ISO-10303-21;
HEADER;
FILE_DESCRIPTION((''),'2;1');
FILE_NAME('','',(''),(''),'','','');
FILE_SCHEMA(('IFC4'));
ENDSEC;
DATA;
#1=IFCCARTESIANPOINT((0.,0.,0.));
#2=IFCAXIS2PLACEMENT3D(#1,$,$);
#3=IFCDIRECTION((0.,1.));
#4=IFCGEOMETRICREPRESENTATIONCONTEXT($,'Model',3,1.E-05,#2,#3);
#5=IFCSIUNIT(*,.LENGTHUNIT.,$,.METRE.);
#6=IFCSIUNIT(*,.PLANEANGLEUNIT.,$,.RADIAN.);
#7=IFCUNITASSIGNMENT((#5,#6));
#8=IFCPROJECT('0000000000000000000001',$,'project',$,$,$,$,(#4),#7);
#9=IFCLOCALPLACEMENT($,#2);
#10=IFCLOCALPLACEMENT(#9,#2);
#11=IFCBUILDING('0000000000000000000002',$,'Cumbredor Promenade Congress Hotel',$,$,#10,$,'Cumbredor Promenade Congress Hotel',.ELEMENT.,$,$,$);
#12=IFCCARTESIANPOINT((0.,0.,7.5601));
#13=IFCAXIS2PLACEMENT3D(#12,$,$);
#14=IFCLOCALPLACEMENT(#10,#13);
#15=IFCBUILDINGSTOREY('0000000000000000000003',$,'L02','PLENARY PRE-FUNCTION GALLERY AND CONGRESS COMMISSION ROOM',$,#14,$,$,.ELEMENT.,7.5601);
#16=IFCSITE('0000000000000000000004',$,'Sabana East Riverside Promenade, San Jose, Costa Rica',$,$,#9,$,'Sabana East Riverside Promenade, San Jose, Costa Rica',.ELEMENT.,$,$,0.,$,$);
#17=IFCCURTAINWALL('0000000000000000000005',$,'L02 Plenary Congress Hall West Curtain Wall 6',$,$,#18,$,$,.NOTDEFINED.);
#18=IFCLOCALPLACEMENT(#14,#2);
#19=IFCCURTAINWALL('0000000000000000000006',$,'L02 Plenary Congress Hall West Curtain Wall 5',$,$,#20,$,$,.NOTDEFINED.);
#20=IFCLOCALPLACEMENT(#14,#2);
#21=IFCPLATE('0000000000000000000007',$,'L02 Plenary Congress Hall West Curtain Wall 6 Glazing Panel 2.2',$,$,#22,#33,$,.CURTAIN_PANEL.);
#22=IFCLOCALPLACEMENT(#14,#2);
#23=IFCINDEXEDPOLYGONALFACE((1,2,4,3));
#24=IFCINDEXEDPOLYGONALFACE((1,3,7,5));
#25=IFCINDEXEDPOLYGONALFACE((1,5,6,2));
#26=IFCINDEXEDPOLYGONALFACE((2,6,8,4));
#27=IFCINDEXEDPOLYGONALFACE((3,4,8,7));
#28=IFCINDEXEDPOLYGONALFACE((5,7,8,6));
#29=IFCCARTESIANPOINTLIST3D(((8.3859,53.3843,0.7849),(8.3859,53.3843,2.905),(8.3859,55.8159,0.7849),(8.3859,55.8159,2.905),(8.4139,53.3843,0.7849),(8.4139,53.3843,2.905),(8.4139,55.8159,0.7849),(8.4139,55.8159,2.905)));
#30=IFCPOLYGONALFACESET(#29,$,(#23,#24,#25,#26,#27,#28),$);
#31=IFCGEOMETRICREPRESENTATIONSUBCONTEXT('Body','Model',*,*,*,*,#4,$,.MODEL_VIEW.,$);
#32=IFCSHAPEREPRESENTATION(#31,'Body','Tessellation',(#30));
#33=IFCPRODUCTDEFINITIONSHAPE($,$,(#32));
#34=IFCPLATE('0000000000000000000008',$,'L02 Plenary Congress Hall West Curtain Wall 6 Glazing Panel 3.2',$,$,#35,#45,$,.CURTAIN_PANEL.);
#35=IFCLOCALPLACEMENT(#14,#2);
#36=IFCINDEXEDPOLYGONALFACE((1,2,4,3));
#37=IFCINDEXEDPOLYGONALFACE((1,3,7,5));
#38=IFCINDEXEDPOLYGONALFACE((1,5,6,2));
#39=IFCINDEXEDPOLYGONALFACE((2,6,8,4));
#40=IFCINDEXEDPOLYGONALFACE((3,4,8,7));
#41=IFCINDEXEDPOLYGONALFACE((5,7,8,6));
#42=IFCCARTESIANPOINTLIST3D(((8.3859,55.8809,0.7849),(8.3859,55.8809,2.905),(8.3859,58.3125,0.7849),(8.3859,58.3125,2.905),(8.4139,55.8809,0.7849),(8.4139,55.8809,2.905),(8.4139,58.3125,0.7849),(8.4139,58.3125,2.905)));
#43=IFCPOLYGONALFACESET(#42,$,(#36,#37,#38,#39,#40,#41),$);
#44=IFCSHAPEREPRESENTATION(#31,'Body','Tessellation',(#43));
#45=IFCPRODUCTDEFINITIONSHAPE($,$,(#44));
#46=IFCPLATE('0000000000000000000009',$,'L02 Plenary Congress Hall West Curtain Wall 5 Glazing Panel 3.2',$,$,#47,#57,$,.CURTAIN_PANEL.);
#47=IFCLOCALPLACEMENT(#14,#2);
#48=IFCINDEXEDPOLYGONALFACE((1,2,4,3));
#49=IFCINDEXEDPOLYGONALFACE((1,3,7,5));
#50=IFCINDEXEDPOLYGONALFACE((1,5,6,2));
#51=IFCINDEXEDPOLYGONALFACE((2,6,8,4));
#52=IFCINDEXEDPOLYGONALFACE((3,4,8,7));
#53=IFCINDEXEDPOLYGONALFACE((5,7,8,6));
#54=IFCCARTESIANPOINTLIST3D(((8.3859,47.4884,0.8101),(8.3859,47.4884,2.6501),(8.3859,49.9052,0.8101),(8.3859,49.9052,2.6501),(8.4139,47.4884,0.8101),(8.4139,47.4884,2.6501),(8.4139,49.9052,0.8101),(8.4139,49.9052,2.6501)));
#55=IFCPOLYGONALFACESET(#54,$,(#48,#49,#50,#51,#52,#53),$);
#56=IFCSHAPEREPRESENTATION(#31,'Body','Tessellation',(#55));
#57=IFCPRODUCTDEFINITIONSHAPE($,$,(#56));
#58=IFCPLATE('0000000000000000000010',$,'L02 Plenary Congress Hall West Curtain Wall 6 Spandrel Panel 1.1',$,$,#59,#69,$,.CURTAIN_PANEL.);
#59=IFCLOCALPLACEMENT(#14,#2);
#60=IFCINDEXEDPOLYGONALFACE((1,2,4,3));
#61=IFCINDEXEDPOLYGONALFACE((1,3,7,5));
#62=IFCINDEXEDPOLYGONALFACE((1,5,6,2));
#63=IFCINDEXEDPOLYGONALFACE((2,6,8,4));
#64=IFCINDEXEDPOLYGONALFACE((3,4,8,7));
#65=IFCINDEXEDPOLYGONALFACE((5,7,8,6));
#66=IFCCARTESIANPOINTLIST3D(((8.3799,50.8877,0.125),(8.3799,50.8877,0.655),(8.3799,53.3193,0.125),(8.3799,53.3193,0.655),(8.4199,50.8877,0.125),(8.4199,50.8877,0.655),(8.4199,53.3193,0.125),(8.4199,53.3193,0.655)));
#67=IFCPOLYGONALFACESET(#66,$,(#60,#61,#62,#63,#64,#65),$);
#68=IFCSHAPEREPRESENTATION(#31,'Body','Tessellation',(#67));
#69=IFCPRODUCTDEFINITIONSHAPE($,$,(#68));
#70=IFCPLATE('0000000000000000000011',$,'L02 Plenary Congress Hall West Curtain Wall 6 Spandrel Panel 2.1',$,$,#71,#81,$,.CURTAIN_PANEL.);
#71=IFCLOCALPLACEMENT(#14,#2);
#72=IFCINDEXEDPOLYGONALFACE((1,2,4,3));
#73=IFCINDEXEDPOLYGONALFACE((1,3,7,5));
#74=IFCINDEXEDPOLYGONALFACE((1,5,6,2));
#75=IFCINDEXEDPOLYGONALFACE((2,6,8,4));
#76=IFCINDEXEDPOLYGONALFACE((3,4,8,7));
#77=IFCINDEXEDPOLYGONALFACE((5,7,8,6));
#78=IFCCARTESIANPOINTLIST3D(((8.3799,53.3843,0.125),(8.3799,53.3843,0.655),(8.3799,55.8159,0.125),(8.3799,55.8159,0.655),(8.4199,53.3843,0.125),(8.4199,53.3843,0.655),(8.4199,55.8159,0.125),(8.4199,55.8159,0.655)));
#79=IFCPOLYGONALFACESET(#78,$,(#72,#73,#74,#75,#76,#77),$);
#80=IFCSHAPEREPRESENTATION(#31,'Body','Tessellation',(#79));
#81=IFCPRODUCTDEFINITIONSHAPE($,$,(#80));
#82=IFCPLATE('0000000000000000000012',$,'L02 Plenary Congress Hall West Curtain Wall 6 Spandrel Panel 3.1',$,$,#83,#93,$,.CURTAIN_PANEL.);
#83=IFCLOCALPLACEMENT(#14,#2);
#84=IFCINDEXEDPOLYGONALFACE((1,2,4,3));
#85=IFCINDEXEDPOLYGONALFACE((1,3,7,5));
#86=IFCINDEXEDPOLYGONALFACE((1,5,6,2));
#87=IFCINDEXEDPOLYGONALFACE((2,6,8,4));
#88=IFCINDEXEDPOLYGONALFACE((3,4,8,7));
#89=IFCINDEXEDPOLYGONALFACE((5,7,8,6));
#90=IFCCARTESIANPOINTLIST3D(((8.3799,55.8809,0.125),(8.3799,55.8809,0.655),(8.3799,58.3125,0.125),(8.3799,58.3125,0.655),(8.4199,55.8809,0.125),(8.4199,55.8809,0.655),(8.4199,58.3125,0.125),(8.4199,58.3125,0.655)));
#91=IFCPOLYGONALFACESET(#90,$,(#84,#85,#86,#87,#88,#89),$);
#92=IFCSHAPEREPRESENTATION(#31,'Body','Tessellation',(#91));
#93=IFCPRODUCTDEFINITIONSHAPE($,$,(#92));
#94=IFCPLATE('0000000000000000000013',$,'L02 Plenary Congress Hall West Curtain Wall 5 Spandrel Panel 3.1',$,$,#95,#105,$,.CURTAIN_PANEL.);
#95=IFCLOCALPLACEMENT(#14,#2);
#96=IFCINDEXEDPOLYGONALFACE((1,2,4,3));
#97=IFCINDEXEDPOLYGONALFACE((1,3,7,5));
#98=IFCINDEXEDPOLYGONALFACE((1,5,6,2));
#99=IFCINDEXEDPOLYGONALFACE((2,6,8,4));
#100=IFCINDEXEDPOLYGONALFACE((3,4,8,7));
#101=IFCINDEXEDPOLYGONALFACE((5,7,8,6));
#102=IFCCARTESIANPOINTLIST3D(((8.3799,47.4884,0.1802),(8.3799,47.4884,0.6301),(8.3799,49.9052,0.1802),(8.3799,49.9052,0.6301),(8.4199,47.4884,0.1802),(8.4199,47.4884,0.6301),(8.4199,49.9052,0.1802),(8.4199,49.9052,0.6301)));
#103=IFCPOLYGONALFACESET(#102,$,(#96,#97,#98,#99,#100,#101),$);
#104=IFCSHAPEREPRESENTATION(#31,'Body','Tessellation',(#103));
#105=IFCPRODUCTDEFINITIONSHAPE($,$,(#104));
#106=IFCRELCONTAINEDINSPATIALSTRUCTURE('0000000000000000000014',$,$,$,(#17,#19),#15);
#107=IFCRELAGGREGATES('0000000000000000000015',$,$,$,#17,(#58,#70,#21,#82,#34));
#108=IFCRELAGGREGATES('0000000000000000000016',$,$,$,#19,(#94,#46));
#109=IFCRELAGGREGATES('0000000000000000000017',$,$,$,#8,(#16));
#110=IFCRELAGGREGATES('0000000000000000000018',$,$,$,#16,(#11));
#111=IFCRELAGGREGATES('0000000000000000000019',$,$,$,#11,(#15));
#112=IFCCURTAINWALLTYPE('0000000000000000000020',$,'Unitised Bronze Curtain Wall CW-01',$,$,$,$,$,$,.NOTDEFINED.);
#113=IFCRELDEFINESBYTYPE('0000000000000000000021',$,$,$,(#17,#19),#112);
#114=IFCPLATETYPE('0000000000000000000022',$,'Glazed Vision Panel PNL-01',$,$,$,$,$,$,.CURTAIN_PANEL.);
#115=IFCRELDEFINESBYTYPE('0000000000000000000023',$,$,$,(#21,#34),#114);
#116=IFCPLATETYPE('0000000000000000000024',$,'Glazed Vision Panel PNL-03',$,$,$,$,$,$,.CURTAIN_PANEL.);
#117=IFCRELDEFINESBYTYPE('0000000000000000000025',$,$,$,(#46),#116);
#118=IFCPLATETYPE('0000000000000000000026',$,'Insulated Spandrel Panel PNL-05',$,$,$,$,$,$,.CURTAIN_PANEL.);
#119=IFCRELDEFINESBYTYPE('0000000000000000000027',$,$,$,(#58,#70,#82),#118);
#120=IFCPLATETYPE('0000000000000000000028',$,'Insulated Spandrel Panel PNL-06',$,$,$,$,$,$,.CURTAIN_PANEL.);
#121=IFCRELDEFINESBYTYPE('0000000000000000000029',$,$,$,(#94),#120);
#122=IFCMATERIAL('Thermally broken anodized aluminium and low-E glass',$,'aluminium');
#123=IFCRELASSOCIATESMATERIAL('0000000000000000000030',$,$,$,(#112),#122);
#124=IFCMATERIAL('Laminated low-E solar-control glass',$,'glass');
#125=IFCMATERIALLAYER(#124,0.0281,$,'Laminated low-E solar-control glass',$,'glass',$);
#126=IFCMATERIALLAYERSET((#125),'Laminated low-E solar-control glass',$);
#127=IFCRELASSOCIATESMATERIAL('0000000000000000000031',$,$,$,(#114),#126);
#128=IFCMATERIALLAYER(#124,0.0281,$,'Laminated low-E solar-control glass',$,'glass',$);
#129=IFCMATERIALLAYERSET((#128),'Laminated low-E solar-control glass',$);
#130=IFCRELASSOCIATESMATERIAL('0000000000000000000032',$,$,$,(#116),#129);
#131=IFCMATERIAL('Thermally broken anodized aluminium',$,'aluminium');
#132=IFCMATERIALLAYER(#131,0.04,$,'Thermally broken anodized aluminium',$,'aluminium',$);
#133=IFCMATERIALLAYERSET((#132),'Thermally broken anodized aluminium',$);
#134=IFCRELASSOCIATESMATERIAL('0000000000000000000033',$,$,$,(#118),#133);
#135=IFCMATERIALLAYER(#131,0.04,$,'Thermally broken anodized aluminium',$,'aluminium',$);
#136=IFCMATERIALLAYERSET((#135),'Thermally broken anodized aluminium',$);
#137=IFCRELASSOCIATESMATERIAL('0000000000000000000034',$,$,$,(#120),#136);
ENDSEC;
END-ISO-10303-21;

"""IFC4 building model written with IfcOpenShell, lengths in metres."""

from ifc_helpers import new_model, si_unit, direction, frame, origin, origin_2d, place, context, subcontext, project, spatial, rectangle, extrude, material, layer, layer_set, type_object, element, aggregate, save


model = new_model("IFC4")

# Units and contexts
model_context = context("Model", 3, precision=1e-05, world=origin(), true_north=direction((0.0, 1.0)))
body_context = subcontext(model_context, "Body", "Model", "MODEL_VIEW")
ifc_project = project(units=[si_unit("LENGTHUNIT", "METRE"), si_unit("PLANEANGLEUNIT", "RADIAN")], contexts=[model_context])

# Site, building, storey
site_placement = place(None, origin())
site = spatial("IfcSite", under=ifc_project, at=site_placement, Name="Sabana East Riverside Promenade, San Jose, Costa Rica", LongName="Sabana East Riverside Promenade, San Jose, Costa Rica", CompositionType="ELEMENT", RefElevation=0.0)
building_placement = place(site_placement, origin())
building = spatial("IfcBuilding", under=site, at=building_placement, Name="Cumbredor Promenade Congress Hotel", LongName="Cumbredor Promenade Congress Hotel", CompositionType="ELEMENT")
storey_placement = place(building_placement, frame((0.0, 0.0, 7.5601)))
storey = spatial("IfcBuildingStorey", under=building, at=storey_placement, Name="L02", Description="PLENARY PRE-FUNCTION GALLERY AND CONGRESS COMMISSION ROOM", CompositionType="ELEMENT", Elevation=7.5601)

# Curtain walls
ifc_material_1 = material(Name="Thermally broken anodized aluminium and low-E glass", Category="aluminium")
curtain_wall_type = type_object("IfcCurtainWallType", Name="Unitised Bronze Curtain Wall CW-01", PredefinedType="NOTDEFINED", material=ifc_material_1)
curtain_wall_1_placement = place(storey_placement, origin())
curtain_wall_1 = element("IfcCurtainWall", 1, at=curtain_wall_1_placement, inside=storey, type_object=curtain_wall_type, Name="L02 Plenary Congress Hall West Curtain Wall 6", PredefinedType="NOTDEFINED")
ifc_material_2 = material(Name="Thermally broken anodized aluminium", Category="aluminium")
curtain_wall_2_placement = place(storey_placement, origin())
curtain_wall_2 = element("IfcCurtainWall", 2, at=curtain_wall_2_placement, inside=storey, type_object=curtain_wall_type, Name="L02 Plenary Congress Hall West Curtain Wall 5", PredefinedType="NOTDEFINED")

# Plates
ifc_material_3 = material(Name="Laminated low-E solar-control glass", Category="glass")
ifc_layer_1 = layer(ifc_material_3, 0.0281, Name="Laminated low-E solar-control glass", Category="glass")
ifc_layer_set_1 = layer_set([ifc_layer_1], Name="Laminated low-E solar-control glass")
plate_type_1 = type_object("IfcPlateType", Name="Glazed Vision Panel PNL-01", PredefinedType="CURTAIN_PANEL", material=ifc_layer_set_1)
plate_1_placement = place(storey_placement, frame((8.3999, 54.6001, 0.7849), z_axis=(0.0, 0.0, 1.0), x_axis=(0.0, 1.0, 0.0)))
plate_1 = element("IfcPlate", 3, at=plate_1_placement, type_object=plate_type_1, Name="L02 Plenary Congress Hall West Curtain Wall 6 Glazing Panel 2.2", PredefinedType="CURTAIN_PANEL", context=body_context, shape_type="SweptSolid", body=[
    extrude(rectangle(XDim=2.4316, YDim=0.0281, at=origin_2d()), origin(), (0.0, 0.0, 1.0), 2.1201),
])
plate_2_placement = place(storey_placement, frame((8.3999, 57.0967, 0.7849), z_axis=(0.0, 0.0, 1.0), x_axis=(0.0, 1.0, 0.0)))
plate_2 = element("IfcPlate", 4, at=plate_2_placement, type_object=plate_type_1, Name="L02 Plenary Congress Hall West Curtain Wall 6 Glazing Panel 3.2", PredefinedType="CURTAIN_PANEL", context=body_context, shape_type="SweptSolid", body=[
    extrude(rectangle(XDim=2.4316, YDim=0.0281, at=origin_2d()), origin(), (0.0, 0.0, 1.0), 2.1201),
])
ifc_layer_2 = layer(ifc_material_3, 0.0281, Name="Laminated low-E solar-control glass", Category="glass")
ifc_layer_set_2 = layer_set([ifc_layer_2], Name="Laminated low-E solar-control glass")
plate_type_2 = type_object("IfcPlateType", Name="Glazed Vision Panel PNL-03", PredefinedType="CURTAIN_PANEL", material=ifc_layer_set_2)
plate_3_placement = place(storey_placement, frame((8.3999, 48.6968, 0.8101), z_axis=(0.0, 0.0, 1.0), x_axis=(0.0, 1.0, 0.0)))
plate_3 = element("IfcPlate", 5, at=plate_3_placement, type_object=plate_type_2, Name="L02 Plenary Congress Hall West Curtain Wall 5 Glazing Panel 3.2", PredefinedType="CURTAIN_PANEL", context=body_context, shape_type="SweptSolid", body=[
    extrude(rectangle(XDim=2.4167, YDim=0.0281, at=origin_2d()), origin(), (0.0, 0.0, 1.0), 1.8401),
])
ifc_layer_3 = layer(ifc_material_2, 0.04, Name="Thermally broken anodized aluminium", Category="aluminium")
ifc_layer_set_3 = layer_set([ifc_layer_3], Name="Thermally broken anodized aluminium")
plate_type_3 = type_object("IfcPlateType", Name="Insulated Spandrel Panel PNL-05", PredefinedType="CURTAIN_PANEL", material=ifc_layer_set_3)
plate_4_placement = place(storey_placement, frame((8.3999, 52.1035, 0.125), z_axis=(0.0, 0.0, 1.0), x_axis=(0.0, 1.0, 0.0)))
plate_4 = element("IfcPlate", 6, at=plate_4_placement, type_object=plate_type_3, Name="L02 Plenary Congress Hall West Curtain Wall 6 Spandrel Panel 1.1", PredefinedType="CURTAIN_PANEL", context=body_context, shape_type="SweptSolid", body=[
    extrude(rectangle(XDim=2.4316, YDim=0.04, at=origin_2d()), origin(), (0.0, 0.0, 1.0), 0.53),
])
plate_5_placement = place(storey_placement, frame((8.3999, 54.6001, 0.125), z_axis=(0.0, 0.0, 1.0), x_axis=(0.0, 1.0, 0.0)))
plate_5 = element("IfcPlate", 7, at=plate_5_placement, type_object=plate_type_3, Name="L02 Plenary Congress Hall West Curtain Wall 6 Spandrel Panel 2.1", PredefinedType="CURTAIN_PANEL", context=body_context, shape_type="SweptSolid", body=[
    extrude(rectangle(XDim=2.4316, YDim=0.04, at=origin_2d()), origin(), (0.0, 0.0, 1.0), 0.53),
])
plate_6_placement = place(storey_placement, frame((8.3999, 57.0967, 0.125), z_axis=(0.0, 0.0, 1.0), x_axis=(0.0, 1.0, 0.0)))
plate_6 = element("IfcPlate", 8, at=plate_6_placement, type_object=plate_type_3, Name="L02 Plenary Congress Hall West Curtain Wall 6 Spandrel Panel 3.1", PredefinedType="CURTAIN_PANEL", context=body_context, shape_type="SweptSolid", body=[
    extrude(rectangle(XDim=2.4316, YDim=0.04, at=origin_2d()), origin(), (0.0, 0.0, 1.0), 0.53),
])
aggregate(curtain_wall_1, [plate_4, plate_5, plate_1, plate_6, plate_2])
ifc_layer_4 = layer(ifc_material_2, 0.04, Name="Thermally broken anodized aluminium", Category="aluminium")
ifc_layer_set_4 = layer_set([ifc_layer_4], Name="Thermally broken anodized aluminium")
plate_type_4 = type_object("IfcPlateType", Name="Insulated Spandrel Panel PNL-06", PredefinedType="CURTAIN_PANEL", material=ifc_layer_set_4)
plate_7_placement = place(storey_placement, frame((8.3999, 48.6968, 0.1802), z_axis=(0.0, 0.0, 1.0), x_axis=(0.0, 1.0, 0.0)))
plate_7 = element("IfcPlate", 9, at=plate_7_placement, type_object=plate_type_4, Name="L02 Plenary Congress Hall West Curtain Wall 5 Spandrel Panel 3.1", PredefinedType="CURTAIN_PANEL", context=body_context, shape_type="SweptSolid", body=[
    extrude(rectangle(XDim=2.4167, YDim=0.04, at=origin_2d()), origin(), (0.0, 0.0, 1.0), 0.45),
])
aggregate(curtain_wall_2, [plate_7, plate_3])

save(model, "model.ifc")
